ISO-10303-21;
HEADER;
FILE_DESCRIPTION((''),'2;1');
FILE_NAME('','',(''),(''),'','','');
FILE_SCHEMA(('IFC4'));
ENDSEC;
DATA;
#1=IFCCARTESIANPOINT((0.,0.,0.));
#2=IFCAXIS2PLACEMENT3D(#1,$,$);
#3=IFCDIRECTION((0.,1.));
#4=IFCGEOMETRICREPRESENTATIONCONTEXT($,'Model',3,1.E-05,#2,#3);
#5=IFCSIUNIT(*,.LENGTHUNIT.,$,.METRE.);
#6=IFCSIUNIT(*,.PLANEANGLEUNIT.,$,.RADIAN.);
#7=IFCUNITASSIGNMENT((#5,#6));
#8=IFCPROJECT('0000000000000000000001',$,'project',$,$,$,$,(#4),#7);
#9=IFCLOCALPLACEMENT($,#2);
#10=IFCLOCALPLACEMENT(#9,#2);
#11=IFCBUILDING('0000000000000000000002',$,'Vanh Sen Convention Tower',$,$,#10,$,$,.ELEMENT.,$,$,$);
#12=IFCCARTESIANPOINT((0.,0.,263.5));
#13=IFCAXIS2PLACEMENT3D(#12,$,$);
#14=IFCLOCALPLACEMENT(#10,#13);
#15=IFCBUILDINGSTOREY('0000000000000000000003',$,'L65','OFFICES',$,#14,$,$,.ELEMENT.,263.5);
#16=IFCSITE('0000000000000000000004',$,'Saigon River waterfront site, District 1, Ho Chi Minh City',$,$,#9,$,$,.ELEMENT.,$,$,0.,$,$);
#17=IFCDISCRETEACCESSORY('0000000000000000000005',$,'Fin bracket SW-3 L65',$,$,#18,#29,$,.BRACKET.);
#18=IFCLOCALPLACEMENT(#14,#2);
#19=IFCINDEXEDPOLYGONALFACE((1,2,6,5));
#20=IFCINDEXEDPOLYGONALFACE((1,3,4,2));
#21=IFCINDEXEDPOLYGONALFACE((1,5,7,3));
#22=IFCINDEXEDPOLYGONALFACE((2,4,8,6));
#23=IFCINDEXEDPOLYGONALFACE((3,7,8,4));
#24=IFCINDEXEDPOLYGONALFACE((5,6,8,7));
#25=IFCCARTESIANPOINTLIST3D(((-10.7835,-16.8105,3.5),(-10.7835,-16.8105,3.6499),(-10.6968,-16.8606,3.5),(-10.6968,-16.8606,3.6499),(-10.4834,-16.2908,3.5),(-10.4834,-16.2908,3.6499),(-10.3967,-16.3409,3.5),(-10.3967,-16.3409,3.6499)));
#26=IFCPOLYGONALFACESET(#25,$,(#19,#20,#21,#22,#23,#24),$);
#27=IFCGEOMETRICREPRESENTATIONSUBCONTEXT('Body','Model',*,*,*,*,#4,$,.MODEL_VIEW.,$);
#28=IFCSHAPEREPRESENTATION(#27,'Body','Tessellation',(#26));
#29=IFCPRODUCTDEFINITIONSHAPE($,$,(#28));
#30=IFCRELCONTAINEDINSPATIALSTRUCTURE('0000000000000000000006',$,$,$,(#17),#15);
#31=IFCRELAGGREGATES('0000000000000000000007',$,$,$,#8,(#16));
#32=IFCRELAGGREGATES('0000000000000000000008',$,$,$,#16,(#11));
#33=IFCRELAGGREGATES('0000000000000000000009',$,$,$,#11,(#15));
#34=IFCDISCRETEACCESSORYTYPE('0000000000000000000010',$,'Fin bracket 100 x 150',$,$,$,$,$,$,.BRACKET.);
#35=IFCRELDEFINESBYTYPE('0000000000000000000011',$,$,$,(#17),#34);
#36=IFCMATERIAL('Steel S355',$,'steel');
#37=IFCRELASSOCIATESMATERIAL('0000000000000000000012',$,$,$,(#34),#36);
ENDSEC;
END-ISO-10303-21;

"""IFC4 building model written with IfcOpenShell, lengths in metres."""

from ifc_helpers import new_model, si_unit, direction, frame, origin, origin_2d, place, context, subcontext, project, spatial, rectangle, extrude, material, type_object, element, save


model = new_model("IFC4")

# Units and contexts
model_context = context("Model", 3, precision=1e-05, world=origin(), true_north=direction((0.0, 1.0)))
body_context = subcontext(model_context, "Body", "Model", "MODEL_VIEW")
ifc_project = project(units=[si_unit("LENGTHUNIT", "METRE"), si_unit("PLANEANGLEUNIT", "RADIAN")], contexts=[model_context])

# Site, building, storey
site_placement = place(None, origin())
site = spatial("IfcSite", under=ifc_project, at=site_placement, Name="Saigon River waterfront site, District 1, Ho Chi Minh City", CompositionType="ELEMENT", RefElevation=0.0)
building_placement = place(site_placement, origin())
building = spatial("IfcBuilding", under=site, at=building_placement, Name="Vanh Sen Convention Tower", CompositionType="ELEMENT")
storey_placement = place(building_placement, frame((0.0, 0.0, 263.5)))
storey = spatial("IfcBuildingStorey", under=building, at=storey_placement, Name="L65", Description="OFFICES", CompositionType="ELEMENT", Elevation=263.5)

# Discrete accessory
ifc_material_1 = material(Name="Steel S355", Category="steel")
discrete_accessory_type = type_object("IfcDiscreteAccessoryType", Name="Fin bracket 100 x 150", PredefinedType="BRACKET", material=ifc_material_1)
for number, where, z_axis, x_axis, name in (
    (1, (-10.5901, -16.5757, 3.5), (0.0, 0.0, 1.0), (-0.5, -0.866025, 0.0), "Fin bracket SW-3 L65"),
):
    element("IfcDiscreteAccessory", number, at=place(storey_placement, frame(where, z_axis=z_axis, x_axis=x_axis)), inside=storey, type_object=discrete_accessory_type, Name=name, PredefinedType="BRACKET", context=body_context, shape_type="SweptSolid", body=[
        extrude(rectangle(XDim=0.6001, YDim=0.1001, at=origin_2d()), origin(), (0.0, 0.0, 1.0), 0.1499),
    ])

save(model, "model.ifc")
